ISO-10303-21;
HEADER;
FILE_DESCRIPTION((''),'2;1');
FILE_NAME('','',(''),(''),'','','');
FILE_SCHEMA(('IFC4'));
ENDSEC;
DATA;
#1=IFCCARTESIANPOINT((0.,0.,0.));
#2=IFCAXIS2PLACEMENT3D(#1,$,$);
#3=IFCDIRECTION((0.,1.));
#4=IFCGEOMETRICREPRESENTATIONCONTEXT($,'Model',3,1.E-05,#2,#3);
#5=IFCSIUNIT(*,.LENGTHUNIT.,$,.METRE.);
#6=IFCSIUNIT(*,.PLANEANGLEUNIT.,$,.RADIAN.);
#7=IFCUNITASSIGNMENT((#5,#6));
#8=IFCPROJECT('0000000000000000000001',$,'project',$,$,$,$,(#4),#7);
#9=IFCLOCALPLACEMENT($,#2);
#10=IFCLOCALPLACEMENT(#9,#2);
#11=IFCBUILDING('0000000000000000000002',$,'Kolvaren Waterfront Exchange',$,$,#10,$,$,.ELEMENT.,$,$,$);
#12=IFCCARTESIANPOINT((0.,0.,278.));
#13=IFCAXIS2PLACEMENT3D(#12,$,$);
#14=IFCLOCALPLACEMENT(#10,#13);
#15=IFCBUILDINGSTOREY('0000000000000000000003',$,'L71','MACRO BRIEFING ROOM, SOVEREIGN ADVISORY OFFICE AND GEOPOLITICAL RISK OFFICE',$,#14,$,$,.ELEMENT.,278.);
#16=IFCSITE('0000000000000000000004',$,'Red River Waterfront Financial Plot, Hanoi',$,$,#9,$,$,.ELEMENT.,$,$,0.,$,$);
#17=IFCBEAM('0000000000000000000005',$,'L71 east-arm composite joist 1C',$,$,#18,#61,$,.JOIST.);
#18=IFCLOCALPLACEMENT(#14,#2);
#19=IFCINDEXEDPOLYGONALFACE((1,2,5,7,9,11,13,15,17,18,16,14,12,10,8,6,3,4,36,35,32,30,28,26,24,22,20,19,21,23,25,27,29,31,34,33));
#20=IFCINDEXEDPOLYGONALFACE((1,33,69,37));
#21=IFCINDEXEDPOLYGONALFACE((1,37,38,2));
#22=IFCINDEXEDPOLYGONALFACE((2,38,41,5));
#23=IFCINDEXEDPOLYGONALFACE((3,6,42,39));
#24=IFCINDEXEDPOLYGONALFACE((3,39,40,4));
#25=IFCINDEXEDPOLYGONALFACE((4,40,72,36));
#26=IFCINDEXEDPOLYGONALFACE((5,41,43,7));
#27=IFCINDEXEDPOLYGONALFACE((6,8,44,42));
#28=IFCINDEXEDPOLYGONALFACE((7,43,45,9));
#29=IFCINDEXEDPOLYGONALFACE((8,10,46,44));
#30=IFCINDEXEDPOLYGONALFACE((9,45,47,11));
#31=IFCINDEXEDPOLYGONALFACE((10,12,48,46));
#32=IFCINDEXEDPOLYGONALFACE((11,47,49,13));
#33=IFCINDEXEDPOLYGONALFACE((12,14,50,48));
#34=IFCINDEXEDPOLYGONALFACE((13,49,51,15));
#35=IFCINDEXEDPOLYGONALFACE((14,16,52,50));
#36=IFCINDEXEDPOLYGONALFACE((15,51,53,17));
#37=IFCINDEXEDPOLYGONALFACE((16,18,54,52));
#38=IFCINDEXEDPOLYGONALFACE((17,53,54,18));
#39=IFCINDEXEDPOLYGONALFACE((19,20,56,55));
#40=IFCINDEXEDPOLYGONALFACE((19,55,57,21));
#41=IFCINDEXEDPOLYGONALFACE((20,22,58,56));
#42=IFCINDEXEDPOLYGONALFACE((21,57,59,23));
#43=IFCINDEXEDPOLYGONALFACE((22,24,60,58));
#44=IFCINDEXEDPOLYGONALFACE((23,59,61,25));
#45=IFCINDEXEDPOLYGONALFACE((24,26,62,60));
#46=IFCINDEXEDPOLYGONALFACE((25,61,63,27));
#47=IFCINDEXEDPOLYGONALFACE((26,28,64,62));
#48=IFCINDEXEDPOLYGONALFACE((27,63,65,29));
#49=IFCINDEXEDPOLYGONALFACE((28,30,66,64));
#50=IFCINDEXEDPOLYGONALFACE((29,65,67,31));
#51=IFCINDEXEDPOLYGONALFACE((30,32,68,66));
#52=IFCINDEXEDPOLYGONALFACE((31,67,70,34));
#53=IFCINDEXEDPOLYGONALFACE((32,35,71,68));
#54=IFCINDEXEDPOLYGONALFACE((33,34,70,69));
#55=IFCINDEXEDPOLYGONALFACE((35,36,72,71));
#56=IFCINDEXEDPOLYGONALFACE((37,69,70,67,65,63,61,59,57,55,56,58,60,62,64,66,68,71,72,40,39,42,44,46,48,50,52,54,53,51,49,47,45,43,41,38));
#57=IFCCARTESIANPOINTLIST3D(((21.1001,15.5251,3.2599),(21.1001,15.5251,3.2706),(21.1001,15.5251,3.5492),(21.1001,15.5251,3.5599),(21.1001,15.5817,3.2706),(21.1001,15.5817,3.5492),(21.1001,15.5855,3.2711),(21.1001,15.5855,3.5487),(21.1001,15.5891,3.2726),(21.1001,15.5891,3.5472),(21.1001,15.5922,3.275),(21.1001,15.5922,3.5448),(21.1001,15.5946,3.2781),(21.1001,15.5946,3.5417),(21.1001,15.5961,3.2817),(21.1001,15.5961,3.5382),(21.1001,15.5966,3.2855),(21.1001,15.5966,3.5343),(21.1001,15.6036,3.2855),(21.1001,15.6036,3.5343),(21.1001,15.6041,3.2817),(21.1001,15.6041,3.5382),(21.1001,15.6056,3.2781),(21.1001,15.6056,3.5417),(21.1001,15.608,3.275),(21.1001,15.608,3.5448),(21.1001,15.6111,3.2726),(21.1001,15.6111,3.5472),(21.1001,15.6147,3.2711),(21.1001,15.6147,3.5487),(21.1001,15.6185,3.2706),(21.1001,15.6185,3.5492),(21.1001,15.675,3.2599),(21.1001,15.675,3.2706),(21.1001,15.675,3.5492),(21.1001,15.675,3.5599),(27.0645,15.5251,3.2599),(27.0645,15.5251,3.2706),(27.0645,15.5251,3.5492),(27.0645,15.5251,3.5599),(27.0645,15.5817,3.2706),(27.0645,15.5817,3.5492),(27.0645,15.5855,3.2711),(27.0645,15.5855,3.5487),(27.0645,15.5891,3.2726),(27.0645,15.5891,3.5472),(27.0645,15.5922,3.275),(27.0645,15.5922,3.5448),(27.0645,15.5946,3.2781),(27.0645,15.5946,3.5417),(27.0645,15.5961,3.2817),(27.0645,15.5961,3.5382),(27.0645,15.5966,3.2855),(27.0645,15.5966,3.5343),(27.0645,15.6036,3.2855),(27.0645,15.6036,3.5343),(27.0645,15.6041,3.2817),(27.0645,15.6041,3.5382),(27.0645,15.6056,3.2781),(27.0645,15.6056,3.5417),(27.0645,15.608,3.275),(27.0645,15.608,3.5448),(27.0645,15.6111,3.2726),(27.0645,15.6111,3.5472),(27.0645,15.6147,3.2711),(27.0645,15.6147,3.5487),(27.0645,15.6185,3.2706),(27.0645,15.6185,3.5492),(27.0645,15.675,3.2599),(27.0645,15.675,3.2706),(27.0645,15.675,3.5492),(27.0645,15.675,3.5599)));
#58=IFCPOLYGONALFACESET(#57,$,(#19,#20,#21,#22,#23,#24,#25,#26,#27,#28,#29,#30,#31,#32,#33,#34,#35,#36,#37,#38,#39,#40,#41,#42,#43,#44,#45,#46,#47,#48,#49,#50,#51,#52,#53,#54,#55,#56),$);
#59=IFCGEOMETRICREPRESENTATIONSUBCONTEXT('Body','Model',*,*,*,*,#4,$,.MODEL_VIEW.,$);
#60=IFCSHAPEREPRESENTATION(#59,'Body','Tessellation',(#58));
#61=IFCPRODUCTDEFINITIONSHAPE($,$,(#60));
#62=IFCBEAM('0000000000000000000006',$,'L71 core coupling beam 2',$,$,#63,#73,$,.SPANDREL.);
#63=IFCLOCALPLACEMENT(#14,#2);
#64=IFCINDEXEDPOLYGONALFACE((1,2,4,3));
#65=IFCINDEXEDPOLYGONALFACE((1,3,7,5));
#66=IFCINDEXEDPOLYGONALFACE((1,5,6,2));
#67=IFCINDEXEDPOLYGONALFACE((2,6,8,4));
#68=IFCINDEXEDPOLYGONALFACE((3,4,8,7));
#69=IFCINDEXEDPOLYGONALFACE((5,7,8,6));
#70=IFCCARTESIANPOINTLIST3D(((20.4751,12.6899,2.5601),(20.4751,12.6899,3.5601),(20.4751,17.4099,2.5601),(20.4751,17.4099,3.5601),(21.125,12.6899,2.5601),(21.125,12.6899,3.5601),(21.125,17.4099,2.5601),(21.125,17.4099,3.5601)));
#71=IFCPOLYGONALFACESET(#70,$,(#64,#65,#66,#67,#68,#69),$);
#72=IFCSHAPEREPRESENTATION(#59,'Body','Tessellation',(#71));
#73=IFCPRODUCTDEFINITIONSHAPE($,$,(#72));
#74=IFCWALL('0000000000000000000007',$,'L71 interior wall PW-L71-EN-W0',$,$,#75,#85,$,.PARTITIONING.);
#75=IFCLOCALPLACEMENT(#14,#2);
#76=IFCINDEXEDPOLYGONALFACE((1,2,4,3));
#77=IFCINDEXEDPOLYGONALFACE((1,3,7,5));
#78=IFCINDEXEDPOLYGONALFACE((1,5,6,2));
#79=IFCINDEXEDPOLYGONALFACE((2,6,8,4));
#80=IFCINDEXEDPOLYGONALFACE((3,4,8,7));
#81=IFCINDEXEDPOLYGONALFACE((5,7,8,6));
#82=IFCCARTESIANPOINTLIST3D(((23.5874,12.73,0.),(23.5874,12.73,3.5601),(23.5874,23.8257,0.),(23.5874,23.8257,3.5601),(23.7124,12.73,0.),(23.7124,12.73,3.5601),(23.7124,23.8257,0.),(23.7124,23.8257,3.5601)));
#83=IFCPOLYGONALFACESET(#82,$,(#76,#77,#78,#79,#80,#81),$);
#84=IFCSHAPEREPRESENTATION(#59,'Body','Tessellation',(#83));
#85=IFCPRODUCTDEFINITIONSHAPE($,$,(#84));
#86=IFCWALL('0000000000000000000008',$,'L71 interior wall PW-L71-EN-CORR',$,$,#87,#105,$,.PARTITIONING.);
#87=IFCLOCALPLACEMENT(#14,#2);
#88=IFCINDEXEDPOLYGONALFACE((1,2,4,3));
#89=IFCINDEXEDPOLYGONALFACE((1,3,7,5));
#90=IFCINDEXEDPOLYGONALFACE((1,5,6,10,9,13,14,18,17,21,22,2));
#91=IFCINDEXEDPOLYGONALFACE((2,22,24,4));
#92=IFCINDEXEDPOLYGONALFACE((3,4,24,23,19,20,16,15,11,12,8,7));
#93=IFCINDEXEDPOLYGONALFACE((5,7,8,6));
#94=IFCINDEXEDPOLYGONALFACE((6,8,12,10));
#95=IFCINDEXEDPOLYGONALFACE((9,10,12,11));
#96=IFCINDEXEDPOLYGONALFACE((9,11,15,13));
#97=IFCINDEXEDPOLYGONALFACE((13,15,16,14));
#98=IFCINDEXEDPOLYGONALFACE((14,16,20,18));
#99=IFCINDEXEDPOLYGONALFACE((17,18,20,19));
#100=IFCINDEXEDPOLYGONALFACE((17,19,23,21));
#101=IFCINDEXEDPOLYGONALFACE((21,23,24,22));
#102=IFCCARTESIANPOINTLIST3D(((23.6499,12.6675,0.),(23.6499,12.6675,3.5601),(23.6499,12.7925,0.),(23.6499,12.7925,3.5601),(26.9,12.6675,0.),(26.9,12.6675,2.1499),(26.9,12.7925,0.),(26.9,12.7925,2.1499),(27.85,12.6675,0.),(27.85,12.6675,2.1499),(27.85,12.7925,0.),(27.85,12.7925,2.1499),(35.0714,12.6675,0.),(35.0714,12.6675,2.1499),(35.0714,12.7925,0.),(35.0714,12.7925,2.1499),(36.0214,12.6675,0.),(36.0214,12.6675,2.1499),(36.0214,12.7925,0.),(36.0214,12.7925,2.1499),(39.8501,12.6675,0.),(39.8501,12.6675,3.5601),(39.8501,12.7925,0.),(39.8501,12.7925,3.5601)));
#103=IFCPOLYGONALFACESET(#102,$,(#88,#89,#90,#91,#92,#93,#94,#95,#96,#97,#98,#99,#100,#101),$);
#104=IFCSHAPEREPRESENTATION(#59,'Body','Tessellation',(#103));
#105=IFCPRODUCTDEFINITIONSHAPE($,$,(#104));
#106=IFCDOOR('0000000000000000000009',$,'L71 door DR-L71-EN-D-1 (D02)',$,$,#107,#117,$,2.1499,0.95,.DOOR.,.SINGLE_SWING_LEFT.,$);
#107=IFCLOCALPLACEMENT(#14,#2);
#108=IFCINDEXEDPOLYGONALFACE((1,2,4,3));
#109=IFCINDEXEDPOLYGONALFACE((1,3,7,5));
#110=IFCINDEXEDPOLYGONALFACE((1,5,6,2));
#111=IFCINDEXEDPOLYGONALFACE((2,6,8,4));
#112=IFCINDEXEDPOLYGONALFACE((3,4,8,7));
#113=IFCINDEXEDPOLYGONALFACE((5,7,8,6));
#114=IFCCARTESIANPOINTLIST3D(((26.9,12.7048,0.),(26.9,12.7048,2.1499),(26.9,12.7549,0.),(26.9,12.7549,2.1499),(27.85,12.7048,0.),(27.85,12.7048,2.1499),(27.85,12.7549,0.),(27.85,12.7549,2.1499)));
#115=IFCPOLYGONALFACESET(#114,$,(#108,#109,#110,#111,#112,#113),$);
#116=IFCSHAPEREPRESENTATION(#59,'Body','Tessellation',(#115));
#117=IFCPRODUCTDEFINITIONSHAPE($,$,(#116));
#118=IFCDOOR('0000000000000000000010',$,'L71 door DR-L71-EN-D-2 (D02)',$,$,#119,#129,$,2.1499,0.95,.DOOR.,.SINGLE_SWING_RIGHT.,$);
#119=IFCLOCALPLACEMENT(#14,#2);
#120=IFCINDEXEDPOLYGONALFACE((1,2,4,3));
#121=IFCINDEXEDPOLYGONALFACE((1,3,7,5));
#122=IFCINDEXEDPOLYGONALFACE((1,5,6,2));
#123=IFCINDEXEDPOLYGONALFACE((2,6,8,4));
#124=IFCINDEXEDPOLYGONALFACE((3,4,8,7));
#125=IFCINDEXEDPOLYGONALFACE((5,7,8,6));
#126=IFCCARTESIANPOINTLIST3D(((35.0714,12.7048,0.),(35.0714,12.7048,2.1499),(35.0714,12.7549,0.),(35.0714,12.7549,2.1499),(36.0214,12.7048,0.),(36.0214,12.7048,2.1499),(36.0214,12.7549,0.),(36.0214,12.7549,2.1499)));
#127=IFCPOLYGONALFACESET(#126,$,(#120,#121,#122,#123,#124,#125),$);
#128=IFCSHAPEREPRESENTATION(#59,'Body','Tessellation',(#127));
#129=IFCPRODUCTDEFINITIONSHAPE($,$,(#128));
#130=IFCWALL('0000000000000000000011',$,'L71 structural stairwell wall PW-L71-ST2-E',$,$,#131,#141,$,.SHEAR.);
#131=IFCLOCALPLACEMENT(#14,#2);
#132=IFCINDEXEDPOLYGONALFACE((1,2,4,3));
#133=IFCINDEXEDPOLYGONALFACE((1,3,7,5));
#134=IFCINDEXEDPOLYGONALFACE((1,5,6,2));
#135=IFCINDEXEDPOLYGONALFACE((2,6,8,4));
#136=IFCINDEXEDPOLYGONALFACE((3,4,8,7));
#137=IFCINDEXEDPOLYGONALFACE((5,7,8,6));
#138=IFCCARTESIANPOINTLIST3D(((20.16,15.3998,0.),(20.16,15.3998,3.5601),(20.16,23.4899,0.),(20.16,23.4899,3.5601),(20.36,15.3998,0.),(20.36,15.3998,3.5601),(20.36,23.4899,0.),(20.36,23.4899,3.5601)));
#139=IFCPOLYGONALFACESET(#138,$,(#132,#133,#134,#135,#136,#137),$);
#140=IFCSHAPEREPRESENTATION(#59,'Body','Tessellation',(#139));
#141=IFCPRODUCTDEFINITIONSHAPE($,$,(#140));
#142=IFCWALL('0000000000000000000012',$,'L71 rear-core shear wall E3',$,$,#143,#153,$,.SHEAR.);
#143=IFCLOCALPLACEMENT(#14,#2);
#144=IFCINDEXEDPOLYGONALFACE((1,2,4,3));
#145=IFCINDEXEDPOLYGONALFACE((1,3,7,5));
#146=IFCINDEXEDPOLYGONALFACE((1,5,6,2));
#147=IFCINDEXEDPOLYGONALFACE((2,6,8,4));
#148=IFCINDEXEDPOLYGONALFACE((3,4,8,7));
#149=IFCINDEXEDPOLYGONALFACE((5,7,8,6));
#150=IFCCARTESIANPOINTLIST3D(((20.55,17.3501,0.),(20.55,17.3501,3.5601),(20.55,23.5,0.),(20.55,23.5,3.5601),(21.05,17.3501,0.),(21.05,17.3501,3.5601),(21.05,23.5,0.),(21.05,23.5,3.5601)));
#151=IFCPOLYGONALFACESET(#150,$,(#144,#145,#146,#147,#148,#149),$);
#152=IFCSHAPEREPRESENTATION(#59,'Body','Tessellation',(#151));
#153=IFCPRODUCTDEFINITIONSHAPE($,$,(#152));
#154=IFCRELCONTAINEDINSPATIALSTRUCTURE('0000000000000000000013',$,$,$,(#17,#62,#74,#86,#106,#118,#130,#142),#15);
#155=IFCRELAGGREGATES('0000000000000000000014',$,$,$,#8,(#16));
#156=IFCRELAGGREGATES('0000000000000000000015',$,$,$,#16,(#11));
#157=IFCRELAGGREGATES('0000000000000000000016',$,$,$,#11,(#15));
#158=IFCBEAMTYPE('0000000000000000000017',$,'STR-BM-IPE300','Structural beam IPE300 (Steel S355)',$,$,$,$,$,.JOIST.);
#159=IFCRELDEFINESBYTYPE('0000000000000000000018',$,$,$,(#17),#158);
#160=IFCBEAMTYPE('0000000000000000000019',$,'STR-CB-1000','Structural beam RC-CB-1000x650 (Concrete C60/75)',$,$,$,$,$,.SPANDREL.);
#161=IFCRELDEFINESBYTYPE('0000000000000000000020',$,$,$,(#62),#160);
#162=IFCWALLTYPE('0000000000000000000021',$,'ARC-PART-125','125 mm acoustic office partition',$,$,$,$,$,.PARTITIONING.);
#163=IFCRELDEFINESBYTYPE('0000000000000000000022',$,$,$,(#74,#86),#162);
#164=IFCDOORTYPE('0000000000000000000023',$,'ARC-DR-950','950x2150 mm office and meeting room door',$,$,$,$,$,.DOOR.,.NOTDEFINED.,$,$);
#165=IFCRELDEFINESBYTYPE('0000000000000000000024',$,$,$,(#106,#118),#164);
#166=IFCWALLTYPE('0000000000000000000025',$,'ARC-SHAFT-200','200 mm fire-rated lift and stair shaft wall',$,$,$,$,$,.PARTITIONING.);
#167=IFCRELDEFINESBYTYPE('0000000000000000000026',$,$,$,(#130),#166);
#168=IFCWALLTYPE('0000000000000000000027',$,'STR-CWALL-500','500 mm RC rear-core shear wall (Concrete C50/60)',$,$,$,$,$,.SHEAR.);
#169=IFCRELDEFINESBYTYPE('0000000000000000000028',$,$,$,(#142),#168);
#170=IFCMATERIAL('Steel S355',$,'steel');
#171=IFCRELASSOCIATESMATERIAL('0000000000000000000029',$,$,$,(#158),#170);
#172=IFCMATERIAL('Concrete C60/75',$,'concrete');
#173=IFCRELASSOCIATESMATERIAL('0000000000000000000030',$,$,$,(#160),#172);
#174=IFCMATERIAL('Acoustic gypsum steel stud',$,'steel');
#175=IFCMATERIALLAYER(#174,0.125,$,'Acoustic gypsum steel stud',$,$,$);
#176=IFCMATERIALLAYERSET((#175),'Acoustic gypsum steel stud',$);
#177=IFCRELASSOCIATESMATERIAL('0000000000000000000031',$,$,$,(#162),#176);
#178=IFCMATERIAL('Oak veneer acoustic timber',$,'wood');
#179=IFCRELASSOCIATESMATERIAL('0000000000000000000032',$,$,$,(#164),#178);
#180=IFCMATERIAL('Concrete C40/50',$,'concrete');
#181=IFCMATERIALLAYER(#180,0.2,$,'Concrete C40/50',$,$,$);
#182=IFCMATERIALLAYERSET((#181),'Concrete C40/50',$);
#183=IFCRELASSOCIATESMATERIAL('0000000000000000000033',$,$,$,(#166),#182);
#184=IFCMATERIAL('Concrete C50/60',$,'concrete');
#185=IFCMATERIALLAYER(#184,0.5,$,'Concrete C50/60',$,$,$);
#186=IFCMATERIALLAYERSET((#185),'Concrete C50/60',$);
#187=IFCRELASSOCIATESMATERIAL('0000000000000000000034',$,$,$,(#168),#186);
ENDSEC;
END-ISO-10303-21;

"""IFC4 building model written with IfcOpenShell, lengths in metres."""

from ifc_helpers import new_model, si_unit, direction, frame, frame_2d, origin, origin_2d, place, context, subcontext, project, spatial, rectangle, i_section, extrude, material, layer, layer_set, material_profile, profile_set, type_object, element, fill, save


model = new_model("IFC4")

# Units and contexts
model_context = context("Model", 3, precision=1e-05, world=origin(), true_north=direction((0.0, 1.0)))
body_context = subcontext(model_context, "Body", "Model", "MODEL_VIEW")
ifc_project = project(units=[si_unit("LENGTHUNIT", "METRE"), si_unit("PLANEANGLEUNIT", "RADIAN")], contexts=[model_context])

# Site, building, storey
site_placement = place(None, origin())
site = spatial("IfcSite", under=ifc_project, at=site_placement, Name="Red River Waterfront Financial Plot, Hanoi", CompositionType="ELEMENT", RefElevation=0.0)
building_placement = place(site_placement, origin())
building = spatial("IfcBuilding", under=site, at=building_placement, Name="Kolvaren Waterfront Exchange", CompositionType="ELEMENT")
storey_placement = place(building_placement, frame((0.0, 0.0, 278.0)))
storey = spatial("IfcBuildingStorey", under=building, at=storey_placement, Name="L71", Description="MACRO BRIEFING ROOM, SOVEREIGN ADVISORY OFFICE AND GEOPOLITICAL RISK OFFICE", CompositionType="ELEMENT", Elevation=278.0)

# Shared definitions
ifc_material_1 = material(Name="Concrete C50/60", Category="concrete")

# Beams
ifc_material_2 = material(Name="Steel S355", Category="steel")
ifc_material_profile_1 = material_profile(ifc_material_2, i_section(OverallWidth=0.1499, OverallDepth=0.3, WebThickness=0.0071, FlangeThickness=0.0107, FilletRadius=0.0149, at=origin_2d()), Name="IPE300")
ifc_profile_set_1 = profile_set([ifc_material_profile_1], Name="Steel S355")
beam_type_1 = type_object("IfcBeamType", Name="STR-BM-IPE300", Description="Structural beam IPE300 (Steel S355)", PredefinedType="JOIST", material=ifc_profile_set_1)
for number, where, z_axis, x_axis, name in (
    (1, (21.1001, 15.6001, 3.4099), (1.0, 0.0, 0.0), (0.0, 1.0, 0.0), "L71 east-arm composite joist 1C"),
):
    element("IfcBeam", number, at=place(storey_placement, frame(where, z_axis=z_axis, x_axis=x_axis)), inside=storey, type_object=beam_type_1, Name=name, PredefinedType="JOIST", context=body_context, shape_type="SweptSolid", body=[
        extrude(i_section(OverallWidth=0.1499, OverallDepth=0.3, WebThickness=0.0071, FlangeThickness=0.0107, FilletRadius=0.0149, at=origin_2d()), origin(), (0.0, 0.0, 1.0), 5.9644),
    ])
ifc_material_3 = material(Name="Concrete C60/75", Category="concrete")
ifc_material_profile_2 = material_profile(ifc_material_3, rectangle(XDim=0.6499, YDim=1.0, at=origin_2d()), Name="RC-CB-1000x650")
ifc_profile_set_2 = profile_set([ifc_material_profile_2], Name="Concrete C60/75")
beam_type_2 = type_object("IfcBeamType", Name="STR-CB-1000", Description="Structural beam RC-CB-1000x650 (Concrete C60/75)", PredefinedType="SPANDREL", material=ifc_profile_set_2)
beam_1_placement = place(storey_placement, frame((20.8, 12.6899, 3.0601), z_axis=(0.0, 1.0, 0.0), x_axis=(-1.0, 0.0, 0.0)))
element("IfcBeam", 2, at=beam_1_placement, inside=storey, type_object=beam_type_2, Name="L71 core coupling beam 2", PredefinedType="SPANDREL", context=body_context, shape_type="SweptSolid", body=[
    extrude(rectangle(XDim=0.6499, YDim=1.0, at=origin_2d()), origin(), (0.0, 0.0, 1.0), 4.72),
])

# Wall
ifc_material_4 = material(Name="Acoustic gypsum steel stud", Category="steel")
ifc_layer_1 = layer(ifc_material_4, 0.125, Name="Acoustic gypsum steel stud")
ifc_layer_set_1 = layer_set([ifc_layer_1], Name="Acoustic gypsum steel stud")
wall_type_1 = type_object("IfcWallType", Name="ARC-PART-125", Description="125 mm acoustic office partition", PredefinedType="PARTITIONING", material=ifc_layer_set_1)
wall_1_placement = place(storey_placement, frame((23.6499, 12.73, 0.0), z_axis=(0.0, 0.0, 1.0), x_axis=(0.0, 1.0, 0.0)))
element("IfcWall", 3, at=wall_1_placement, inside=storey, type_object=wall_type_1, Name="L71 interior wall PW-L71-EN-W0", PredefinedType="PARTITIONING", context=body_context, shape_type="SweptSolid", body=[
    extrude(rectangle(XDim=11.0957, YDim=0.125, at=frame_2d((5.5479, 0.0))), origin(), (0.0, 0.0, 1.0), 3.5601),
])

# Wall, openings, doors
wall_2_placement = place(storey_placement, frame((23.6499, 12.73, 0.0), z_axis=(0.0, 0.0, 1.0), x_axis=(1.0, 0.0, 0.0)))
wall_2 = element("IfcWall", 4, at=wall_2_placement, inside=storey, type_object=wall_type_1, Name="L71 interior wall PW-L71-EN-CORR", PredefinedType="PARTITIONING", context=body_context, shape_type="SweptSolid", body=[
    extrude(rectangle(XDim=16.2002, YDim=0.125, at=frame_2d((8.1001, 0.0))), origin(), (0.0, 0.0, 1.0), 3.5601),
])
opening_1_placement = place(wall_2_placement, frame((3.25, 0.0, 0.0)))
opening_1 = element("IfcOpeningElement", 5, at=opening_1_placement, cuts=wall_2, PredefinedType="OPENING", context=body_context, shape_type="SweptSolid", body=[
    extrude(rectangle(XDim=0.95, YDim=2.1499, at=frame_2d((0.4751, 1.075))), frame((0.0, 0.0725, 0.0), z_axis=(0.0, -1.0, 0.0), x_axis=(1.0, 0.0, 0.0)), (0.0, 0.0, 1.0), 0.145),
])
opening_2_placement = place(wall_2_placement, frame((11.4214, 0.0, 0.0)))
opening_2 = element("IfcOpeningElement", 6, at=opening_2_placement, cuts=wall_2, PredefinedType="OPENING", context=body_context, shape_type="SweptSolid", body=[
    extrude(rectangle(XDim=0.95, YDim=2.1499, at=frame_2d((0.4751, 1.075))), frame((0.0, 0.0725, 0.0), z_axis=(0.0, -1.0, 0.0), x_axis=(1.0, 0.0, 0.0)), (0.0, 0.0, 1.0), 0.145),
])
ifc_material_5 = material(Name="Oak veneer acoustic timber", Category="wood")
door_type_1 = type_object("IfcDoorType", Name="ARC-DR-950", Description="950x2150 mm office and meeting room door", OperationType="NOTDEFINED", PredefinedType="DOOR", material=ifc_material_5)
door_1_placement = place(opening_1_placement, origin())
door_1 = element("IfcDoor", 7, at=door_1_placement, inside=storey, type_object=door_type_1, Name="L71 door DR-L71-EN-D-1 (D02)", OperationType="SINGLE_SWING_LEFT", OverallHeight=2.1499, OverallWidth=0.95, PredefinedType="DOOR", context=body_context, shape_type="SweptSolid", body=[
    extrude(rectangle(XDim=0.95, YDim=2.1499, at=frame_2d((0.4751, 1.075))), frame((0.0, 0.0249, 0.0), z_axis=(0.0, -1.0, 0.0), x_axis=(1.0, 0.0, 0.0)), (0.0, 0.0, 1.0), 0.05),
])
fill(opening_1, door_1)
door_2_placement = place(opening_2_placement, origin())
door_2 = element("IfcDoor", 8, at=door_2_placement, inside=storey, type_object=door_type_1, Name="L71 door DR-L71-EN-D-2 (D02)", OperationType="SINGLE_SWING_RIGHT", OverallHeight=2.1499, OverallWidth=0.95, PredefinedType="DOOR", context=body_context, shape_type="SweptSolid", body=[
    extrude(rectangle(XDim=0.95, YDim=2.1499, at=frame_2d((0.4751, 1.075))), frame((0.0, 0.0249, 0.0), z_axis=(0.0, -1.0, 0.0), x_axis=(1.0, 0.0, 0.0)), (0.0, 0.0, 1.0), 0.05),
])
fill(opening_2, door_2)

# Walls
ifc_material_6 = material(Name="Concrete C40/50", Category="concrete")
ifc_layer_2 = layer(ifc_material_6, 0.2, Name="Concrete C40/50")
ifc_layer_set_2 = layer_set([ifc_layer_2], Name="Concrete C40/50")
wall_type_2 = type_object("IfcWallType", Name="ARC-SHAFT-200", Description="200 mm fire-rated lift and stair shaft wall", PredefinedType="PARTITIONING", material=ifc_layer_set_2)
wall_3_placement = place(storey_placement, frame((20.26, 15.3999, 0.0), z_axis=(0.0, 0.0, 1.0), x_axis=(0.0, 1.0, 0.0)))
element("IfcWall", 9, at=wall_3_placement, inside=storey, type_object=wall_type_2, Name="L71 structural stairwell wall PW-L71-ST2-E", PredefinedType="SHEAR", context=body_context, shape_type="SweptSolid", body=[
    extrude(rectangle(XDim=8.0901, YDim=0.2, at=frame_2d((4.0449, 0.0))), origin(), (0.0, 0.0, 1.0), 3.5601),
])
ifc_layer_3 = layer(ifc_material_1, 0.5, Name="Concrete C50/60")
ifc_layer_set_3 = layer_set([ifc_layer_3], Name="Concrete C50/60")
wall_type_3 = type_object("IfcWallType", Name="STR-CWALL-500", Description="500 mm RC rear-core shear wall (Concrete C50/60)", PredefinedType="SHEAR", material=ifc_layer_set_3)
wall_4_placement = place(storey_placement, frame((20.8, 17.3501, 0.0), z_axis=(0.0, 0.0, 1.0), x_axis=(0.0, 1.0, 0.0)))
element("IfcWall", 10, at=wall_4_placement, inside=storey, type_object=wall_type_3, Name="L71 rear-core shear wall E3", PredefinedType="SHEAR", context=body_context, shape_type="SweptSolid", body=[
    extrude(rectangle(XDim=6.1499, YDim=0.5, at=frame_2d((3.075, 0.0))), origin(), (0.0, 0.0, 1.0), 3.5601),
])

save(model, "model.ifc")
